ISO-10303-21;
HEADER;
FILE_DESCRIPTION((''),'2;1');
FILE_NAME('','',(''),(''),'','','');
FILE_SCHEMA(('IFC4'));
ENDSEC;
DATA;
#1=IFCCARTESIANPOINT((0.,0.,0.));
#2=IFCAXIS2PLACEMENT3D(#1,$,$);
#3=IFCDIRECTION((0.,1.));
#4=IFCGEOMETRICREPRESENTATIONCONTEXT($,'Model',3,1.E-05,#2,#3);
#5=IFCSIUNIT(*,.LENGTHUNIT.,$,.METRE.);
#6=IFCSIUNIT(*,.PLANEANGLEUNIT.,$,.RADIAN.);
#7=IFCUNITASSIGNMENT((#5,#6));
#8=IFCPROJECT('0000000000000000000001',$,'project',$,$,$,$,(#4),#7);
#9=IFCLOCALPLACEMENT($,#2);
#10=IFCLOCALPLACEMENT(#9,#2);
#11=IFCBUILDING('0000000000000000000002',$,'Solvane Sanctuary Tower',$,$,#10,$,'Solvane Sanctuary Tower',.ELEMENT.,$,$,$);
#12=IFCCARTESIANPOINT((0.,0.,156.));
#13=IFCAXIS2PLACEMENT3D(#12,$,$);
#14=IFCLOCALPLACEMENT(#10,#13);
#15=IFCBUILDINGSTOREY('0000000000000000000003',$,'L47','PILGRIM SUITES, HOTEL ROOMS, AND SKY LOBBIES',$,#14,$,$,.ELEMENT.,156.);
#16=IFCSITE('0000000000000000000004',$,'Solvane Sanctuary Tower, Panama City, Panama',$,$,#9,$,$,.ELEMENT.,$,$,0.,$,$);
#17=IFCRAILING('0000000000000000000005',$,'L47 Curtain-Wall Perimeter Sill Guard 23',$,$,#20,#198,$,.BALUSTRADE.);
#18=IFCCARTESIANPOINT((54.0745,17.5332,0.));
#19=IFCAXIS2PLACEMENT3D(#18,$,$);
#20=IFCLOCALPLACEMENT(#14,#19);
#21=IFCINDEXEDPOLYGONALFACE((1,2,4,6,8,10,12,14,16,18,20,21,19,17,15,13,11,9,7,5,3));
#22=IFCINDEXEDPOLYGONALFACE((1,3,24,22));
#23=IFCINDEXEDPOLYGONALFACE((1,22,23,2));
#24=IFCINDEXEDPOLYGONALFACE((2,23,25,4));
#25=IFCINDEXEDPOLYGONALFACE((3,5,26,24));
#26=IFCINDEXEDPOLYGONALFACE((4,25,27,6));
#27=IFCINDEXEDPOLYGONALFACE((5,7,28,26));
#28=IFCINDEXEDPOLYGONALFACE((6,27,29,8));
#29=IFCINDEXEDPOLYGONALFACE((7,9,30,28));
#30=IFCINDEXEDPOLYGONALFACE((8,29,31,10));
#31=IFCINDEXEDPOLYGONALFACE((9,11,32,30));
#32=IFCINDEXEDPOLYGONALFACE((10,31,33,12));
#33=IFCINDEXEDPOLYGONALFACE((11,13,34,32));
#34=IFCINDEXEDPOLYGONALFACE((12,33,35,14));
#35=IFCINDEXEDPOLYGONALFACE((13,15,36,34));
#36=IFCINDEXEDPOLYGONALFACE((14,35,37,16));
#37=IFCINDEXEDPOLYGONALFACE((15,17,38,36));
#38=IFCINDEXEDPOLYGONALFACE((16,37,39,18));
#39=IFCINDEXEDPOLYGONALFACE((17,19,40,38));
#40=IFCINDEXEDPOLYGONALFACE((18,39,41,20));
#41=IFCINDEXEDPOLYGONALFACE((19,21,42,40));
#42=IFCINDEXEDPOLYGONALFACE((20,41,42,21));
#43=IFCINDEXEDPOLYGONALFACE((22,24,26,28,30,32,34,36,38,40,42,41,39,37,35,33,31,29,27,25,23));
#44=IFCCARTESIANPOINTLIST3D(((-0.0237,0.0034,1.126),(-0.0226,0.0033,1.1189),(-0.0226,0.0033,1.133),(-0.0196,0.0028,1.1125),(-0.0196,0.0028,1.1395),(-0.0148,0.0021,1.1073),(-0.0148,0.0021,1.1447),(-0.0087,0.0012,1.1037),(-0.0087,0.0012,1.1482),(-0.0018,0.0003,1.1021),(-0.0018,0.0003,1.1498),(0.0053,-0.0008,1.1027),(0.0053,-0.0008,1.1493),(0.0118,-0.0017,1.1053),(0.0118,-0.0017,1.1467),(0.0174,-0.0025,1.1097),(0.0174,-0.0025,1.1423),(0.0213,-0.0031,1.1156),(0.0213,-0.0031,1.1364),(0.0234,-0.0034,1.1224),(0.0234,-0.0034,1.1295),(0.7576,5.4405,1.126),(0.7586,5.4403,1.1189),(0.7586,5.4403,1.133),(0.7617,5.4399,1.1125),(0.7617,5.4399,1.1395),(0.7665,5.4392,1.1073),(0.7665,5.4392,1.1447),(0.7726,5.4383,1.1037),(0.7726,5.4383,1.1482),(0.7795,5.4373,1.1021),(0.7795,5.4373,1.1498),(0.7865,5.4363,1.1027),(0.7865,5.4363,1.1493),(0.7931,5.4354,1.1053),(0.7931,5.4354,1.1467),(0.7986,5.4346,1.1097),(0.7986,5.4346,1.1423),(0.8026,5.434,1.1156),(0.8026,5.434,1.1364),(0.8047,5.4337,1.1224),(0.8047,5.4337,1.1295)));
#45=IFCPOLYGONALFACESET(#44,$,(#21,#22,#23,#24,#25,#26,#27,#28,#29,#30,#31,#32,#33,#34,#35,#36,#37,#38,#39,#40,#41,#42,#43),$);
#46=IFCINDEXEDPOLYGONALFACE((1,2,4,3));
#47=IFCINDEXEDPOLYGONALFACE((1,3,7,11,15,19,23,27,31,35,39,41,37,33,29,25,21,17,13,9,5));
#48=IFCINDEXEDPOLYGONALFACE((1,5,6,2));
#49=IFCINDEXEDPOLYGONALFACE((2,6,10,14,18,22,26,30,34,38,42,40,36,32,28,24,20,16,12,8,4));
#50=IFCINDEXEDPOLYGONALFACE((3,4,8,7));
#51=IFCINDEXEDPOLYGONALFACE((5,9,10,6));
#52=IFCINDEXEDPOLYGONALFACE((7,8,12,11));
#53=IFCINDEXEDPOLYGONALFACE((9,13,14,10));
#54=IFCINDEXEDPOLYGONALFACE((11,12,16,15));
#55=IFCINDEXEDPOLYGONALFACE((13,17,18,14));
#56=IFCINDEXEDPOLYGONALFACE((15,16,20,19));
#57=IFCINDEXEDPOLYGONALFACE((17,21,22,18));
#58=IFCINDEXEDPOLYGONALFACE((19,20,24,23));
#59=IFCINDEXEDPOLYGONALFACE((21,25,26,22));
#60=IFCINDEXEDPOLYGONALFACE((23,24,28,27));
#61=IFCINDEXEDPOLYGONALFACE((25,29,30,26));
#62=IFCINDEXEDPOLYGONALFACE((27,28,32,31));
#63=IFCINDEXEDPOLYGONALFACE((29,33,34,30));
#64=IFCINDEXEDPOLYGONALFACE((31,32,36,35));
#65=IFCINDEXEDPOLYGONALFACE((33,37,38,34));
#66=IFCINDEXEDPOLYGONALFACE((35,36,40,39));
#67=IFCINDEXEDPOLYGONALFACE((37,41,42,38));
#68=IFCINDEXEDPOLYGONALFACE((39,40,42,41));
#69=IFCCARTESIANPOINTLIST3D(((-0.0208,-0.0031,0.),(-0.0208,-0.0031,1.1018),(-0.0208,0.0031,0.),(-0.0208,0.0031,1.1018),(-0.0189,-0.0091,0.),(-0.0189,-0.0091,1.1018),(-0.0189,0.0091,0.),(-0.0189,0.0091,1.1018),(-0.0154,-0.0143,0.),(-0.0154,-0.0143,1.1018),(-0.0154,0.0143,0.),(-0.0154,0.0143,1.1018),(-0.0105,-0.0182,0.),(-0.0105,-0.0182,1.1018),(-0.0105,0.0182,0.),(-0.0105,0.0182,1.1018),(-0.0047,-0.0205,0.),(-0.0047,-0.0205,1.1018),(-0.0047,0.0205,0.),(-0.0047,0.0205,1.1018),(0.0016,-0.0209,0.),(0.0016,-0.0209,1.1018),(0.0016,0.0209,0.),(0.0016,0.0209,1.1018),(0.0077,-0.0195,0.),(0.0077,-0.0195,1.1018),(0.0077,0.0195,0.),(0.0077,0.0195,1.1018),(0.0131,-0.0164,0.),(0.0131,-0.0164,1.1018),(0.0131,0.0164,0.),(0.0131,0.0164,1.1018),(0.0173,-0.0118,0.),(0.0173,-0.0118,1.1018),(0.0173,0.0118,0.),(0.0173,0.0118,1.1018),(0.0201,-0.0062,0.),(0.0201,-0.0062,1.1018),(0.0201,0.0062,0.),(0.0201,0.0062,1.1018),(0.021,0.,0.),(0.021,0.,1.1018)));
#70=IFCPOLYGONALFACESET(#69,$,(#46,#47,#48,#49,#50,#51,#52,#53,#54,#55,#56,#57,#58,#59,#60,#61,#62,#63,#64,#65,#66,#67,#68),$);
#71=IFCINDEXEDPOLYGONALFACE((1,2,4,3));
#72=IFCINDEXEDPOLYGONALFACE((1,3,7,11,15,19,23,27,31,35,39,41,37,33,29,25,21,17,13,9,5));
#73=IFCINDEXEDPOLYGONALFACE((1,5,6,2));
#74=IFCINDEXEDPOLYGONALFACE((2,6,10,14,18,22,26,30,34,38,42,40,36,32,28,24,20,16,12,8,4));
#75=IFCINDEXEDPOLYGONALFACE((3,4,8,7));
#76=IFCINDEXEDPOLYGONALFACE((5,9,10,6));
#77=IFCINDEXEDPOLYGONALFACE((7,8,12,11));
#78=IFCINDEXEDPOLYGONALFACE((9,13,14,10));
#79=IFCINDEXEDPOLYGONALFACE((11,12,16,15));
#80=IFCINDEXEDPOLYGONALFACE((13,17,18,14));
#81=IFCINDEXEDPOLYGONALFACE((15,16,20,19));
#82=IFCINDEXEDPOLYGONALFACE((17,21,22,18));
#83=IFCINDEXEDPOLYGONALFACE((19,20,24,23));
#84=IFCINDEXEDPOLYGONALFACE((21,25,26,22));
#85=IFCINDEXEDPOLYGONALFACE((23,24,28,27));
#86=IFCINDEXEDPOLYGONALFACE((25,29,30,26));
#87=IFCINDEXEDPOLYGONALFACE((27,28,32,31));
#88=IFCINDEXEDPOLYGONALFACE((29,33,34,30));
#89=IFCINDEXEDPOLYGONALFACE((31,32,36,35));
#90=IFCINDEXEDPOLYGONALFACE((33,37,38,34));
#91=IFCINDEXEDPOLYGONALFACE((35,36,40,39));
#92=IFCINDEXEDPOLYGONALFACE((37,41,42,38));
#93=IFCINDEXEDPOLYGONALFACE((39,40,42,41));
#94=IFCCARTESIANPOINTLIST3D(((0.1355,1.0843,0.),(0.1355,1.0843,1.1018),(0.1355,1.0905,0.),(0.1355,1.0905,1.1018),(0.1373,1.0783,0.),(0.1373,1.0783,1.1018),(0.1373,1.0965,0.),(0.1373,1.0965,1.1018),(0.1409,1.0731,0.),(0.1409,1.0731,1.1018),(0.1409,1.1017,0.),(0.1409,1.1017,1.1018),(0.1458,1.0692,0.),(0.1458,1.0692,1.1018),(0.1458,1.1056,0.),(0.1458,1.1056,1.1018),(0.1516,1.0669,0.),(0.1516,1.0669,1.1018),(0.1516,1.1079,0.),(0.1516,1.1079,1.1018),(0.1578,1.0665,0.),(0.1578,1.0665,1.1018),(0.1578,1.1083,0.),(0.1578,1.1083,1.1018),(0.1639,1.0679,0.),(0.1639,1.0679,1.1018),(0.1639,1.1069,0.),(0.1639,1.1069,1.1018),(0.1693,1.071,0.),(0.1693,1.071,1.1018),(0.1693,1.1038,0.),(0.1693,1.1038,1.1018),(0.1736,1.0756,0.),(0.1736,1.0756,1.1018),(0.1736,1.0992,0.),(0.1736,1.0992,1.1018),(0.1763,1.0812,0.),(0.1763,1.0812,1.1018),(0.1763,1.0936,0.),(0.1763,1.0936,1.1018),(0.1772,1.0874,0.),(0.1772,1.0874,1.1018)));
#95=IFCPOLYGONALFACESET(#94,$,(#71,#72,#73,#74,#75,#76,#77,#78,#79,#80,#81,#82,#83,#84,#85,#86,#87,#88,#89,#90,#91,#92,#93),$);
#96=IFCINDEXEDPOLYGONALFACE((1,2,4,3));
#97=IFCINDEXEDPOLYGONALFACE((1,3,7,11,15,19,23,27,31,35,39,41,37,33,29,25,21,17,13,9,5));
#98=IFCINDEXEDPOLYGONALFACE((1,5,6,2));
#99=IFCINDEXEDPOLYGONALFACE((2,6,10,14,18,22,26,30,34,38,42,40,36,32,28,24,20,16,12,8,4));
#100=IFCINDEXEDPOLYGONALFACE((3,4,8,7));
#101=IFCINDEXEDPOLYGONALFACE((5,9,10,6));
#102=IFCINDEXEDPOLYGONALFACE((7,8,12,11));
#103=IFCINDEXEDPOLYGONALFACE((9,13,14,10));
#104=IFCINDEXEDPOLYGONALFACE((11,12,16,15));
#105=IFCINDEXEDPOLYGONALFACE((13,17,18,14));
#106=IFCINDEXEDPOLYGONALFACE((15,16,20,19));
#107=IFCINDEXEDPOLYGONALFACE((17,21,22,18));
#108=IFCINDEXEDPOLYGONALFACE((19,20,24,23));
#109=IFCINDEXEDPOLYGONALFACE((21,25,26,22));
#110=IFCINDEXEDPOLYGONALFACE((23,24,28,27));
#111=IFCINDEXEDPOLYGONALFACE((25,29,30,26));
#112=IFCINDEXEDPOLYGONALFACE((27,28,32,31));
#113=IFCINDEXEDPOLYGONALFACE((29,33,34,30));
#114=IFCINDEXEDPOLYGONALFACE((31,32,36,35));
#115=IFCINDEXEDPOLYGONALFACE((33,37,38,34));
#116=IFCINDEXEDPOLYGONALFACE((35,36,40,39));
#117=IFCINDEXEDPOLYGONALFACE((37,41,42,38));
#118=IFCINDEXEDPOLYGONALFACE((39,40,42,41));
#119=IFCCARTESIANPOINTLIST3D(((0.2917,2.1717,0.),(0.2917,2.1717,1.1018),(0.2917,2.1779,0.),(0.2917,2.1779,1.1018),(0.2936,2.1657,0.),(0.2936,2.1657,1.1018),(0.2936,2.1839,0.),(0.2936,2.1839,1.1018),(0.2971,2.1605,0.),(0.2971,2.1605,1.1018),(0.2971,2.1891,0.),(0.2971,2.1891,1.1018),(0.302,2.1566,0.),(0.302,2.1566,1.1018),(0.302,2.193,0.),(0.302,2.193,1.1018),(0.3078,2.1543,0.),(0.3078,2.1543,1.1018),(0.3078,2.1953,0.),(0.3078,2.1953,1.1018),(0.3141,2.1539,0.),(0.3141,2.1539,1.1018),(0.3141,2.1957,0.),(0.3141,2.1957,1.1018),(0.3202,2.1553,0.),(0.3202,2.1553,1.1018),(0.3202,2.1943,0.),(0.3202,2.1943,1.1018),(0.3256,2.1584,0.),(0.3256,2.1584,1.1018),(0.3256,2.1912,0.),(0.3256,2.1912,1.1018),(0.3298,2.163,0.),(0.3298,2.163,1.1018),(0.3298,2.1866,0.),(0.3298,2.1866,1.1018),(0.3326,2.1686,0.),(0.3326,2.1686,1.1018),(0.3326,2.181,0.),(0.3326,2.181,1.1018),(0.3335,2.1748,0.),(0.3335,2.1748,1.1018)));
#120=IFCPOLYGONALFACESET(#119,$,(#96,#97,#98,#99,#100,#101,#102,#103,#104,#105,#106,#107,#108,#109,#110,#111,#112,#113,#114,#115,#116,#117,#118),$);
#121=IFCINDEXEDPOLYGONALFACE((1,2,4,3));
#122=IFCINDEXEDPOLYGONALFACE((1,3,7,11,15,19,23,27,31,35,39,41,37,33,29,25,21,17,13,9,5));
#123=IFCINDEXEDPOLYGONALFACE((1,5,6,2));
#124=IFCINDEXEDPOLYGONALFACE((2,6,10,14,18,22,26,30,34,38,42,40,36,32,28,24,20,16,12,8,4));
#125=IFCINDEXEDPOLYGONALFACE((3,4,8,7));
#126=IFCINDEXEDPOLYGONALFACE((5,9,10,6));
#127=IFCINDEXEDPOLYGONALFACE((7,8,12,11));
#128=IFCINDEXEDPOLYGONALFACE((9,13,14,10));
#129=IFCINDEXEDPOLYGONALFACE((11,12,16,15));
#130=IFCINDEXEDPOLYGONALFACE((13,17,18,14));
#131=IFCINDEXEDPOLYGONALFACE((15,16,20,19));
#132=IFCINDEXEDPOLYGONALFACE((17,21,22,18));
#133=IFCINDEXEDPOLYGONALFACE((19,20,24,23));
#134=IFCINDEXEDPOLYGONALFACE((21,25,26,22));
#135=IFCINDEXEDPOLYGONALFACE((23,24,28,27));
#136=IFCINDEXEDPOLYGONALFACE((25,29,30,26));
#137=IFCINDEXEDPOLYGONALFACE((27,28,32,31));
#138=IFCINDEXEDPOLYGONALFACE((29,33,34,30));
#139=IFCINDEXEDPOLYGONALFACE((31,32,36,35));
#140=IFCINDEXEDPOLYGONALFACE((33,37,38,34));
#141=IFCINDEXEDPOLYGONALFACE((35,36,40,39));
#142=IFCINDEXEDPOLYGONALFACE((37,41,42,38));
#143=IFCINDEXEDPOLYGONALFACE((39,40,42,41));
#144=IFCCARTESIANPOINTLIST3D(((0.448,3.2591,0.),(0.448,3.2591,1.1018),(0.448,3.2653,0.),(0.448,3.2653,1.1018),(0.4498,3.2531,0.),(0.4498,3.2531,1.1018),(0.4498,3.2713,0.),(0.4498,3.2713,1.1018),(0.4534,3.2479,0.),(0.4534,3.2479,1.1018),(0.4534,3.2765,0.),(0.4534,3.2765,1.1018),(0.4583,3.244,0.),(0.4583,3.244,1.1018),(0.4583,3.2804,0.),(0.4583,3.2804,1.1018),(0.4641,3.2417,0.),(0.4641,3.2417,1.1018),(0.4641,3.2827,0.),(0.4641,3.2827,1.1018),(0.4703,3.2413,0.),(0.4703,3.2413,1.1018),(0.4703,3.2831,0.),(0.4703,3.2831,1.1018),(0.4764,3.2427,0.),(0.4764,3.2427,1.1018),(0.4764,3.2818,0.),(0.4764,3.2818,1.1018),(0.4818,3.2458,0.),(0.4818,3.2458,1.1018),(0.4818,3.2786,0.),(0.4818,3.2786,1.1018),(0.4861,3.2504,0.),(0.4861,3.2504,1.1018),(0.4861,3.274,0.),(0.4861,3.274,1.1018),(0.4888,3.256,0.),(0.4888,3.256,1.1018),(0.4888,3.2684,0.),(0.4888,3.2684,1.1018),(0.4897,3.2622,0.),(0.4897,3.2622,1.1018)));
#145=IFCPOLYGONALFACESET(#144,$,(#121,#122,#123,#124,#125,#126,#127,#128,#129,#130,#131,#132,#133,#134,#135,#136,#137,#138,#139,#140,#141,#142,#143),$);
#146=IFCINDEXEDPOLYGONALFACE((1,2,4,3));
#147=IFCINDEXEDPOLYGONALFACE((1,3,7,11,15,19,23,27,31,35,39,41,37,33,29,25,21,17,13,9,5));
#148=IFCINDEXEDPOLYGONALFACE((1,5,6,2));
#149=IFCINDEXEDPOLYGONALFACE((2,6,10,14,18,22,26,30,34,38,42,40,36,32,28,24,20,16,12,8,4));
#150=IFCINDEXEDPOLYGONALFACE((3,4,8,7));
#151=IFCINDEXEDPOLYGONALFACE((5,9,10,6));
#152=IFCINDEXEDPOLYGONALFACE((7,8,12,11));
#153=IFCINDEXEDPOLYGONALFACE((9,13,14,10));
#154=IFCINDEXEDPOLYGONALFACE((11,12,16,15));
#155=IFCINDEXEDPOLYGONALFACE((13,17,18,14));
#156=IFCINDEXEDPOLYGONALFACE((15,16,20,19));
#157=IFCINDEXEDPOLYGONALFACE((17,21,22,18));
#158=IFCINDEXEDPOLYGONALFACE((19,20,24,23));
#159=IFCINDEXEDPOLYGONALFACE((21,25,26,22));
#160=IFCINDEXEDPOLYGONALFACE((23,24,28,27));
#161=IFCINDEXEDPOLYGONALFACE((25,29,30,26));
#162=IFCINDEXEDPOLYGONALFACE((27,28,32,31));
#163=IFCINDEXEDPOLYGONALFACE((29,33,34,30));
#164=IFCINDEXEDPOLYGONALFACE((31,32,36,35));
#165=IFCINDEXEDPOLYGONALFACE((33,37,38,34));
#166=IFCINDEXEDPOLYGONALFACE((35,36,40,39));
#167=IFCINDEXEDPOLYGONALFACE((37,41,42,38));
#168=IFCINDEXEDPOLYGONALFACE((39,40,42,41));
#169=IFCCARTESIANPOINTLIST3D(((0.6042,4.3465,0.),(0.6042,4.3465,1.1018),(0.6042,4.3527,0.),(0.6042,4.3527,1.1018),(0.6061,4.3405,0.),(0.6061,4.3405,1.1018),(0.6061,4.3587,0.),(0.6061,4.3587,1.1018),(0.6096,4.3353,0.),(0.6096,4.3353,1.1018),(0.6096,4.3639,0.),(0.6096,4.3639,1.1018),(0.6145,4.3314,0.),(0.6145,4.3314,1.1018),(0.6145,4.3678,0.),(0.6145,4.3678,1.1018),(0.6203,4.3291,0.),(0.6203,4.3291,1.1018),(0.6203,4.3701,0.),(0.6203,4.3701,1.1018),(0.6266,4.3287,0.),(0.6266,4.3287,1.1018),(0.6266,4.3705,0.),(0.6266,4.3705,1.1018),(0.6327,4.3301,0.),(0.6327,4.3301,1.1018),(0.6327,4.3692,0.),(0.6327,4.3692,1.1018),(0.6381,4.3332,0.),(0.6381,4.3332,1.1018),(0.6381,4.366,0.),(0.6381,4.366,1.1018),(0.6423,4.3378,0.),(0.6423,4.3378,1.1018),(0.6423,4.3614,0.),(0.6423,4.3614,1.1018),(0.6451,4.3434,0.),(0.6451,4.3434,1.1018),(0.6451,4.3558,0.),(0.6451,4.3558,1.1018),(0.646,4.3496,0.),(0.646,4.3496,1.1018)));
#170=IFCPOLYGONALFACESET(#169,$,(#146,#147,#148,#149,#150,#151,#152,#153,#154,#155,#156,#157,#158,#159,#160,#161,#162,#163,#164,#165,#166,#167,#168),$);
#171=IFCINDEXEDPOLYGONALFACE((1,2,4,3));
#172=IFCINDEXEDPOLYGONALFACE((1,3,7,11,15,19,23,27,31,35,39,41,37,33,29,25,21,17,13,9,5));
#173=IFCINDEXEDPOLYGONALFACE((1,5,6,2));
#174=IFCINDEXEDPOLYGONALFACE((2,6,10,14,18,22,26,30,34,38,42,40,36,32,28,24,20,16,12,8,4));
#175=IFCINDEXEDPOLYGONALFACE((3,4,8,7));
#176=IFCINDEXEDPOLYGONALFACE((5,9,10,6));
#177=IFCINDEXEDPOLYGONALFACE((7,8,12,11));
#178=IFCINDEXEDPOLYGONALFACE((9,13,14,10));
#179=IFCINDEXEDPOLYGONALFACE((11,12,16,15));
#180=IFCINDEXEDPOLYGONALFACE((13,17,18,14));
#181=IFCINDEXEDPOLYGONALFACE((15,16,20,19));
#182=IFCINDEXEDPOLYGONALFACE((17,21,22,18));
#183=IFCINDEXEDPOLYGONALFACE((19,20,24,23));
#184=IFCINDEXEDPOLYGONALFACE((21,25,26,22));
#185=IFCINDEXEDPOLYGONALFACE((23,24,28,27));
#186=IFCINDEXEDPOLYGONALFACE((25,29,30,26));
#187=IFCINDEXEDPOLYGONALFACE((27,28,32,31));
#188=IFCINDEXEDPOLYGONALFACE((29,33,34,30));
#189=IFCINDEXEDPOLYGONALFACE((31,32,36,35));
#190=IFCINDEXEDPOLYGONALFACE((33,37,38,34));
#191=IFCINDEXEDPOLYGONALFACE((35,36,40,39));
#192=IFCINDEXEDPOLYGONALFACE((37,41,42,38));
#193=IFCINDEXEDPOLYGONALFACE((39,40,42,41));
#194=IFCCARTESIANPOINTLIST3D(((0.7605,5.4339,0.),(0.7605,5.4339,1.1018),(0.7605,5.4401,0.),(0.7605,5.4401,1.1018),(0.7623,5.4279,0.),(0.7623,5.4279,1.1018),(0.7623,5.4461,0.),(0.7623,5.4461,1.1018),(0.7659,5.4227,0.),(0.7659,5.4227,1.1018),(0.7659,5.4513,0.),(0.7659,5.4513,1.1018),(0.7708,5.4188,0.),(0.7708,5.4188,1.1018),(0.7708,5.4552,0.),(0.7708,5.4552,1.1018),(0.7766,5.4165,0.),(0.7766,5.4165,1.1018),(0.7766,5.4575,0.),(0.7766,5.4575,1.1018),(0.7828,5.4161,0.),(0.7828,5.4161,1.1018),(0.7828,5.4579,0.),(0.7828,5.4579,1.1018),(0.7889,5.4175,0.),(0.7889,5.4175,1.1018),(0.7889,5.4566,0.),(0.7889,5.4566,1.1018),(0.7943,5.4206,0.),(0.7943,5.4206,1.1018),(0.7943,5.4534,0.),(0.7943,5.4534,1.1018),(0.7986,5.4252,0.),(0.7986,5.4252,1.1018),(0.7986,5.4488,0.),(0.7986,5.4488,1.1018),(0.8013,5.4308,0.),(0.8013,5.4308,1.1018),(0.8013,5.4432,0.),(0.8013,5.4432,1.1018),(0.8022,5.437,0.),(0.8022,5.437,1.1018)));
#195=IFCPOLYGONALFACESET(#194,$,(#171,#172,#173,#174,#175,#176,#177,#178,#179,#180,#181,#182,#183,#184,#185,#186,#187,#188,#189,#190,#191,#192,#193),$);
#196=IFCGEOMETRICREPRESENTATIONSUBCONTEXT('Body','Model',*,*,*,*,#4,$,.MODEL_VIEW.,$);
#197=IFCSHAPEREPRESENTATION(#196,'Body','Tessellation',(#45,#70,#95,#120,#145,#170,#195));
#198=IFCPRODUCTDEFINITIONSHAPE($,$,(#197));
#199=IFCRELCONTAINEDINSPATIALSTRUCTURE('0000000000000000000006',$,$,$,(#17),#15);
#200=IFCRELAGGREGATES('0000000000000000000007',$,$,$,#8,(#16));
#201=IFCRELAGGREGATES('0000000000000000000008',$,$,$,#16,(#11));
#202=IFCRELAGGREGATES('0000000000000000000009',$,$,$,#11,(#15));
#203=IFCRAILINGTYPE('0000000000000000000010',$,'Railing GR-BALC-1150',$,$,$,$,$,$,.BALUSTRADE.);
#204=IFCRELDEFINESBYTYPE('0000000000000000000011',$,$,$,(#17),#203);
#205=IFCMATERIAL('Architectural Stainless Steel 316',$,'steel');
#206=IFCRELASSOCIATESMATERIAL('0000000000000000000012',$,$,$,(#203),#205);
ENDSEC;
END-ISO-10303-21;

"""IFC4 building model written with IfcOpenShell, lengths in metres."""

from ifc_helpers import new_model, si_unit, direction, frame, origin, origin_2d, place, context, subcontext, project, spatial, circle, extrude, material, type_object, element, save


model = new_model("IFC4")

# Units and contexts
model_context = context("Model", 3, precision=1e-05, world=origin(), true_north=direction((0.0, 1.0)))
body_context = subcontext(model_context, "Body", "Model", "MODEL_VIEW")
ifc_project = project(units=[si_unit("LENGTHUNIT", "METRE"), si_unit("PLANEANGLEUNIT", "RADIAN")], contexts=[model_context])

# Site, building, storey
site_placement = place(None, origin())
site = spatial("IfcSite", under=ifc_project, at=site_placement, Name="Solvane Sanctuary Tower, Panama City, Panama", CompositionType="ELEMENT", RefElevation=0.0)
building_placement = place(site_placement, origin())
building = spatial("IfcBuilding", under=site, at=building_placement, Name="Solvane Sanctuary Tower", LongName="Solvane Sanctuary Tower", CompositionType="ELEMENT")
storey_placement = place(building_placement, frame((0.0, 0.0, 156.0)))
storey = spatial("IfcBuildingStorey", under=building, at=storey_placement, Name="L47", Description="PILGRIM SUITES, HOTEL ROOMS, AND SKY LOBBIES", CompositionType="ELEMENT", Elevation=156.0)

# Railing
ifc_material_1 = material(Name="Architectural Stainless Steel 316", Category="steel")
railing_type_1 = type_object("IfcRailingType", Name="Railing GR-BALC-1150", PredefinedType="BALUSTRADE", material=ifc_material_1)
railing_1_placement = place(storey_placement, frame((54.0745, 17.5332, 0.0)))
element("IfcRailing", 1, at=railing_1_placement, inside=storey, type_object=railing_type_1, Name="L47 Curtain-Wall Perimeter Sill Guard 23", PredefinedType="BALUSTRADE", context=body_context, shape_type="SweptSolid", body=[
    extrude(circle(Radius=0.0239, at=origin_2d()), frame((0.0, 0.0, 1.126), z_axis=(0.14223, 0.989834, 0.0), x_axis=(-0.989834, 0.14223, 0.0)), (0.0, 0.0, 1.0), 5.4929),
    extrude(circle(Radius=0.021, at=origin_2d()), origin(), (0.0, 0.0, 1.0), 1.1018),
    extrude(circle(Radius=0.021, at=origin_2d()), frame((0.1562, 1.0874, 0.0)), (0.0, 0.0, 1.0), 1.1018),
    extrude(circle(Radius=0.021, at=origin_2d()), frame((0.3125, 2.1748, 0.0)), (0.0, 0.0, 1.0), 1.1018),
    extrude(circle(Radius=0.021, at=origin_2d()), frame((0.4688, 3.2622, 0.0)), (0.0, 0.0, 1.0), 1.1018),
    extrude(circle(Radius=0.021, at=origin_2d()), frame((0.625, 4.3496, 0.0)), (0.0, 0.0, 1.0), 1.1018),
    extrude(circle(Radius=0.021, at=origin_2d()), frame((0.7812, 5.437, 0.0)), (0.0, 0.0, 1.0), 1.1018),
])

save(model, "model.ifc")
